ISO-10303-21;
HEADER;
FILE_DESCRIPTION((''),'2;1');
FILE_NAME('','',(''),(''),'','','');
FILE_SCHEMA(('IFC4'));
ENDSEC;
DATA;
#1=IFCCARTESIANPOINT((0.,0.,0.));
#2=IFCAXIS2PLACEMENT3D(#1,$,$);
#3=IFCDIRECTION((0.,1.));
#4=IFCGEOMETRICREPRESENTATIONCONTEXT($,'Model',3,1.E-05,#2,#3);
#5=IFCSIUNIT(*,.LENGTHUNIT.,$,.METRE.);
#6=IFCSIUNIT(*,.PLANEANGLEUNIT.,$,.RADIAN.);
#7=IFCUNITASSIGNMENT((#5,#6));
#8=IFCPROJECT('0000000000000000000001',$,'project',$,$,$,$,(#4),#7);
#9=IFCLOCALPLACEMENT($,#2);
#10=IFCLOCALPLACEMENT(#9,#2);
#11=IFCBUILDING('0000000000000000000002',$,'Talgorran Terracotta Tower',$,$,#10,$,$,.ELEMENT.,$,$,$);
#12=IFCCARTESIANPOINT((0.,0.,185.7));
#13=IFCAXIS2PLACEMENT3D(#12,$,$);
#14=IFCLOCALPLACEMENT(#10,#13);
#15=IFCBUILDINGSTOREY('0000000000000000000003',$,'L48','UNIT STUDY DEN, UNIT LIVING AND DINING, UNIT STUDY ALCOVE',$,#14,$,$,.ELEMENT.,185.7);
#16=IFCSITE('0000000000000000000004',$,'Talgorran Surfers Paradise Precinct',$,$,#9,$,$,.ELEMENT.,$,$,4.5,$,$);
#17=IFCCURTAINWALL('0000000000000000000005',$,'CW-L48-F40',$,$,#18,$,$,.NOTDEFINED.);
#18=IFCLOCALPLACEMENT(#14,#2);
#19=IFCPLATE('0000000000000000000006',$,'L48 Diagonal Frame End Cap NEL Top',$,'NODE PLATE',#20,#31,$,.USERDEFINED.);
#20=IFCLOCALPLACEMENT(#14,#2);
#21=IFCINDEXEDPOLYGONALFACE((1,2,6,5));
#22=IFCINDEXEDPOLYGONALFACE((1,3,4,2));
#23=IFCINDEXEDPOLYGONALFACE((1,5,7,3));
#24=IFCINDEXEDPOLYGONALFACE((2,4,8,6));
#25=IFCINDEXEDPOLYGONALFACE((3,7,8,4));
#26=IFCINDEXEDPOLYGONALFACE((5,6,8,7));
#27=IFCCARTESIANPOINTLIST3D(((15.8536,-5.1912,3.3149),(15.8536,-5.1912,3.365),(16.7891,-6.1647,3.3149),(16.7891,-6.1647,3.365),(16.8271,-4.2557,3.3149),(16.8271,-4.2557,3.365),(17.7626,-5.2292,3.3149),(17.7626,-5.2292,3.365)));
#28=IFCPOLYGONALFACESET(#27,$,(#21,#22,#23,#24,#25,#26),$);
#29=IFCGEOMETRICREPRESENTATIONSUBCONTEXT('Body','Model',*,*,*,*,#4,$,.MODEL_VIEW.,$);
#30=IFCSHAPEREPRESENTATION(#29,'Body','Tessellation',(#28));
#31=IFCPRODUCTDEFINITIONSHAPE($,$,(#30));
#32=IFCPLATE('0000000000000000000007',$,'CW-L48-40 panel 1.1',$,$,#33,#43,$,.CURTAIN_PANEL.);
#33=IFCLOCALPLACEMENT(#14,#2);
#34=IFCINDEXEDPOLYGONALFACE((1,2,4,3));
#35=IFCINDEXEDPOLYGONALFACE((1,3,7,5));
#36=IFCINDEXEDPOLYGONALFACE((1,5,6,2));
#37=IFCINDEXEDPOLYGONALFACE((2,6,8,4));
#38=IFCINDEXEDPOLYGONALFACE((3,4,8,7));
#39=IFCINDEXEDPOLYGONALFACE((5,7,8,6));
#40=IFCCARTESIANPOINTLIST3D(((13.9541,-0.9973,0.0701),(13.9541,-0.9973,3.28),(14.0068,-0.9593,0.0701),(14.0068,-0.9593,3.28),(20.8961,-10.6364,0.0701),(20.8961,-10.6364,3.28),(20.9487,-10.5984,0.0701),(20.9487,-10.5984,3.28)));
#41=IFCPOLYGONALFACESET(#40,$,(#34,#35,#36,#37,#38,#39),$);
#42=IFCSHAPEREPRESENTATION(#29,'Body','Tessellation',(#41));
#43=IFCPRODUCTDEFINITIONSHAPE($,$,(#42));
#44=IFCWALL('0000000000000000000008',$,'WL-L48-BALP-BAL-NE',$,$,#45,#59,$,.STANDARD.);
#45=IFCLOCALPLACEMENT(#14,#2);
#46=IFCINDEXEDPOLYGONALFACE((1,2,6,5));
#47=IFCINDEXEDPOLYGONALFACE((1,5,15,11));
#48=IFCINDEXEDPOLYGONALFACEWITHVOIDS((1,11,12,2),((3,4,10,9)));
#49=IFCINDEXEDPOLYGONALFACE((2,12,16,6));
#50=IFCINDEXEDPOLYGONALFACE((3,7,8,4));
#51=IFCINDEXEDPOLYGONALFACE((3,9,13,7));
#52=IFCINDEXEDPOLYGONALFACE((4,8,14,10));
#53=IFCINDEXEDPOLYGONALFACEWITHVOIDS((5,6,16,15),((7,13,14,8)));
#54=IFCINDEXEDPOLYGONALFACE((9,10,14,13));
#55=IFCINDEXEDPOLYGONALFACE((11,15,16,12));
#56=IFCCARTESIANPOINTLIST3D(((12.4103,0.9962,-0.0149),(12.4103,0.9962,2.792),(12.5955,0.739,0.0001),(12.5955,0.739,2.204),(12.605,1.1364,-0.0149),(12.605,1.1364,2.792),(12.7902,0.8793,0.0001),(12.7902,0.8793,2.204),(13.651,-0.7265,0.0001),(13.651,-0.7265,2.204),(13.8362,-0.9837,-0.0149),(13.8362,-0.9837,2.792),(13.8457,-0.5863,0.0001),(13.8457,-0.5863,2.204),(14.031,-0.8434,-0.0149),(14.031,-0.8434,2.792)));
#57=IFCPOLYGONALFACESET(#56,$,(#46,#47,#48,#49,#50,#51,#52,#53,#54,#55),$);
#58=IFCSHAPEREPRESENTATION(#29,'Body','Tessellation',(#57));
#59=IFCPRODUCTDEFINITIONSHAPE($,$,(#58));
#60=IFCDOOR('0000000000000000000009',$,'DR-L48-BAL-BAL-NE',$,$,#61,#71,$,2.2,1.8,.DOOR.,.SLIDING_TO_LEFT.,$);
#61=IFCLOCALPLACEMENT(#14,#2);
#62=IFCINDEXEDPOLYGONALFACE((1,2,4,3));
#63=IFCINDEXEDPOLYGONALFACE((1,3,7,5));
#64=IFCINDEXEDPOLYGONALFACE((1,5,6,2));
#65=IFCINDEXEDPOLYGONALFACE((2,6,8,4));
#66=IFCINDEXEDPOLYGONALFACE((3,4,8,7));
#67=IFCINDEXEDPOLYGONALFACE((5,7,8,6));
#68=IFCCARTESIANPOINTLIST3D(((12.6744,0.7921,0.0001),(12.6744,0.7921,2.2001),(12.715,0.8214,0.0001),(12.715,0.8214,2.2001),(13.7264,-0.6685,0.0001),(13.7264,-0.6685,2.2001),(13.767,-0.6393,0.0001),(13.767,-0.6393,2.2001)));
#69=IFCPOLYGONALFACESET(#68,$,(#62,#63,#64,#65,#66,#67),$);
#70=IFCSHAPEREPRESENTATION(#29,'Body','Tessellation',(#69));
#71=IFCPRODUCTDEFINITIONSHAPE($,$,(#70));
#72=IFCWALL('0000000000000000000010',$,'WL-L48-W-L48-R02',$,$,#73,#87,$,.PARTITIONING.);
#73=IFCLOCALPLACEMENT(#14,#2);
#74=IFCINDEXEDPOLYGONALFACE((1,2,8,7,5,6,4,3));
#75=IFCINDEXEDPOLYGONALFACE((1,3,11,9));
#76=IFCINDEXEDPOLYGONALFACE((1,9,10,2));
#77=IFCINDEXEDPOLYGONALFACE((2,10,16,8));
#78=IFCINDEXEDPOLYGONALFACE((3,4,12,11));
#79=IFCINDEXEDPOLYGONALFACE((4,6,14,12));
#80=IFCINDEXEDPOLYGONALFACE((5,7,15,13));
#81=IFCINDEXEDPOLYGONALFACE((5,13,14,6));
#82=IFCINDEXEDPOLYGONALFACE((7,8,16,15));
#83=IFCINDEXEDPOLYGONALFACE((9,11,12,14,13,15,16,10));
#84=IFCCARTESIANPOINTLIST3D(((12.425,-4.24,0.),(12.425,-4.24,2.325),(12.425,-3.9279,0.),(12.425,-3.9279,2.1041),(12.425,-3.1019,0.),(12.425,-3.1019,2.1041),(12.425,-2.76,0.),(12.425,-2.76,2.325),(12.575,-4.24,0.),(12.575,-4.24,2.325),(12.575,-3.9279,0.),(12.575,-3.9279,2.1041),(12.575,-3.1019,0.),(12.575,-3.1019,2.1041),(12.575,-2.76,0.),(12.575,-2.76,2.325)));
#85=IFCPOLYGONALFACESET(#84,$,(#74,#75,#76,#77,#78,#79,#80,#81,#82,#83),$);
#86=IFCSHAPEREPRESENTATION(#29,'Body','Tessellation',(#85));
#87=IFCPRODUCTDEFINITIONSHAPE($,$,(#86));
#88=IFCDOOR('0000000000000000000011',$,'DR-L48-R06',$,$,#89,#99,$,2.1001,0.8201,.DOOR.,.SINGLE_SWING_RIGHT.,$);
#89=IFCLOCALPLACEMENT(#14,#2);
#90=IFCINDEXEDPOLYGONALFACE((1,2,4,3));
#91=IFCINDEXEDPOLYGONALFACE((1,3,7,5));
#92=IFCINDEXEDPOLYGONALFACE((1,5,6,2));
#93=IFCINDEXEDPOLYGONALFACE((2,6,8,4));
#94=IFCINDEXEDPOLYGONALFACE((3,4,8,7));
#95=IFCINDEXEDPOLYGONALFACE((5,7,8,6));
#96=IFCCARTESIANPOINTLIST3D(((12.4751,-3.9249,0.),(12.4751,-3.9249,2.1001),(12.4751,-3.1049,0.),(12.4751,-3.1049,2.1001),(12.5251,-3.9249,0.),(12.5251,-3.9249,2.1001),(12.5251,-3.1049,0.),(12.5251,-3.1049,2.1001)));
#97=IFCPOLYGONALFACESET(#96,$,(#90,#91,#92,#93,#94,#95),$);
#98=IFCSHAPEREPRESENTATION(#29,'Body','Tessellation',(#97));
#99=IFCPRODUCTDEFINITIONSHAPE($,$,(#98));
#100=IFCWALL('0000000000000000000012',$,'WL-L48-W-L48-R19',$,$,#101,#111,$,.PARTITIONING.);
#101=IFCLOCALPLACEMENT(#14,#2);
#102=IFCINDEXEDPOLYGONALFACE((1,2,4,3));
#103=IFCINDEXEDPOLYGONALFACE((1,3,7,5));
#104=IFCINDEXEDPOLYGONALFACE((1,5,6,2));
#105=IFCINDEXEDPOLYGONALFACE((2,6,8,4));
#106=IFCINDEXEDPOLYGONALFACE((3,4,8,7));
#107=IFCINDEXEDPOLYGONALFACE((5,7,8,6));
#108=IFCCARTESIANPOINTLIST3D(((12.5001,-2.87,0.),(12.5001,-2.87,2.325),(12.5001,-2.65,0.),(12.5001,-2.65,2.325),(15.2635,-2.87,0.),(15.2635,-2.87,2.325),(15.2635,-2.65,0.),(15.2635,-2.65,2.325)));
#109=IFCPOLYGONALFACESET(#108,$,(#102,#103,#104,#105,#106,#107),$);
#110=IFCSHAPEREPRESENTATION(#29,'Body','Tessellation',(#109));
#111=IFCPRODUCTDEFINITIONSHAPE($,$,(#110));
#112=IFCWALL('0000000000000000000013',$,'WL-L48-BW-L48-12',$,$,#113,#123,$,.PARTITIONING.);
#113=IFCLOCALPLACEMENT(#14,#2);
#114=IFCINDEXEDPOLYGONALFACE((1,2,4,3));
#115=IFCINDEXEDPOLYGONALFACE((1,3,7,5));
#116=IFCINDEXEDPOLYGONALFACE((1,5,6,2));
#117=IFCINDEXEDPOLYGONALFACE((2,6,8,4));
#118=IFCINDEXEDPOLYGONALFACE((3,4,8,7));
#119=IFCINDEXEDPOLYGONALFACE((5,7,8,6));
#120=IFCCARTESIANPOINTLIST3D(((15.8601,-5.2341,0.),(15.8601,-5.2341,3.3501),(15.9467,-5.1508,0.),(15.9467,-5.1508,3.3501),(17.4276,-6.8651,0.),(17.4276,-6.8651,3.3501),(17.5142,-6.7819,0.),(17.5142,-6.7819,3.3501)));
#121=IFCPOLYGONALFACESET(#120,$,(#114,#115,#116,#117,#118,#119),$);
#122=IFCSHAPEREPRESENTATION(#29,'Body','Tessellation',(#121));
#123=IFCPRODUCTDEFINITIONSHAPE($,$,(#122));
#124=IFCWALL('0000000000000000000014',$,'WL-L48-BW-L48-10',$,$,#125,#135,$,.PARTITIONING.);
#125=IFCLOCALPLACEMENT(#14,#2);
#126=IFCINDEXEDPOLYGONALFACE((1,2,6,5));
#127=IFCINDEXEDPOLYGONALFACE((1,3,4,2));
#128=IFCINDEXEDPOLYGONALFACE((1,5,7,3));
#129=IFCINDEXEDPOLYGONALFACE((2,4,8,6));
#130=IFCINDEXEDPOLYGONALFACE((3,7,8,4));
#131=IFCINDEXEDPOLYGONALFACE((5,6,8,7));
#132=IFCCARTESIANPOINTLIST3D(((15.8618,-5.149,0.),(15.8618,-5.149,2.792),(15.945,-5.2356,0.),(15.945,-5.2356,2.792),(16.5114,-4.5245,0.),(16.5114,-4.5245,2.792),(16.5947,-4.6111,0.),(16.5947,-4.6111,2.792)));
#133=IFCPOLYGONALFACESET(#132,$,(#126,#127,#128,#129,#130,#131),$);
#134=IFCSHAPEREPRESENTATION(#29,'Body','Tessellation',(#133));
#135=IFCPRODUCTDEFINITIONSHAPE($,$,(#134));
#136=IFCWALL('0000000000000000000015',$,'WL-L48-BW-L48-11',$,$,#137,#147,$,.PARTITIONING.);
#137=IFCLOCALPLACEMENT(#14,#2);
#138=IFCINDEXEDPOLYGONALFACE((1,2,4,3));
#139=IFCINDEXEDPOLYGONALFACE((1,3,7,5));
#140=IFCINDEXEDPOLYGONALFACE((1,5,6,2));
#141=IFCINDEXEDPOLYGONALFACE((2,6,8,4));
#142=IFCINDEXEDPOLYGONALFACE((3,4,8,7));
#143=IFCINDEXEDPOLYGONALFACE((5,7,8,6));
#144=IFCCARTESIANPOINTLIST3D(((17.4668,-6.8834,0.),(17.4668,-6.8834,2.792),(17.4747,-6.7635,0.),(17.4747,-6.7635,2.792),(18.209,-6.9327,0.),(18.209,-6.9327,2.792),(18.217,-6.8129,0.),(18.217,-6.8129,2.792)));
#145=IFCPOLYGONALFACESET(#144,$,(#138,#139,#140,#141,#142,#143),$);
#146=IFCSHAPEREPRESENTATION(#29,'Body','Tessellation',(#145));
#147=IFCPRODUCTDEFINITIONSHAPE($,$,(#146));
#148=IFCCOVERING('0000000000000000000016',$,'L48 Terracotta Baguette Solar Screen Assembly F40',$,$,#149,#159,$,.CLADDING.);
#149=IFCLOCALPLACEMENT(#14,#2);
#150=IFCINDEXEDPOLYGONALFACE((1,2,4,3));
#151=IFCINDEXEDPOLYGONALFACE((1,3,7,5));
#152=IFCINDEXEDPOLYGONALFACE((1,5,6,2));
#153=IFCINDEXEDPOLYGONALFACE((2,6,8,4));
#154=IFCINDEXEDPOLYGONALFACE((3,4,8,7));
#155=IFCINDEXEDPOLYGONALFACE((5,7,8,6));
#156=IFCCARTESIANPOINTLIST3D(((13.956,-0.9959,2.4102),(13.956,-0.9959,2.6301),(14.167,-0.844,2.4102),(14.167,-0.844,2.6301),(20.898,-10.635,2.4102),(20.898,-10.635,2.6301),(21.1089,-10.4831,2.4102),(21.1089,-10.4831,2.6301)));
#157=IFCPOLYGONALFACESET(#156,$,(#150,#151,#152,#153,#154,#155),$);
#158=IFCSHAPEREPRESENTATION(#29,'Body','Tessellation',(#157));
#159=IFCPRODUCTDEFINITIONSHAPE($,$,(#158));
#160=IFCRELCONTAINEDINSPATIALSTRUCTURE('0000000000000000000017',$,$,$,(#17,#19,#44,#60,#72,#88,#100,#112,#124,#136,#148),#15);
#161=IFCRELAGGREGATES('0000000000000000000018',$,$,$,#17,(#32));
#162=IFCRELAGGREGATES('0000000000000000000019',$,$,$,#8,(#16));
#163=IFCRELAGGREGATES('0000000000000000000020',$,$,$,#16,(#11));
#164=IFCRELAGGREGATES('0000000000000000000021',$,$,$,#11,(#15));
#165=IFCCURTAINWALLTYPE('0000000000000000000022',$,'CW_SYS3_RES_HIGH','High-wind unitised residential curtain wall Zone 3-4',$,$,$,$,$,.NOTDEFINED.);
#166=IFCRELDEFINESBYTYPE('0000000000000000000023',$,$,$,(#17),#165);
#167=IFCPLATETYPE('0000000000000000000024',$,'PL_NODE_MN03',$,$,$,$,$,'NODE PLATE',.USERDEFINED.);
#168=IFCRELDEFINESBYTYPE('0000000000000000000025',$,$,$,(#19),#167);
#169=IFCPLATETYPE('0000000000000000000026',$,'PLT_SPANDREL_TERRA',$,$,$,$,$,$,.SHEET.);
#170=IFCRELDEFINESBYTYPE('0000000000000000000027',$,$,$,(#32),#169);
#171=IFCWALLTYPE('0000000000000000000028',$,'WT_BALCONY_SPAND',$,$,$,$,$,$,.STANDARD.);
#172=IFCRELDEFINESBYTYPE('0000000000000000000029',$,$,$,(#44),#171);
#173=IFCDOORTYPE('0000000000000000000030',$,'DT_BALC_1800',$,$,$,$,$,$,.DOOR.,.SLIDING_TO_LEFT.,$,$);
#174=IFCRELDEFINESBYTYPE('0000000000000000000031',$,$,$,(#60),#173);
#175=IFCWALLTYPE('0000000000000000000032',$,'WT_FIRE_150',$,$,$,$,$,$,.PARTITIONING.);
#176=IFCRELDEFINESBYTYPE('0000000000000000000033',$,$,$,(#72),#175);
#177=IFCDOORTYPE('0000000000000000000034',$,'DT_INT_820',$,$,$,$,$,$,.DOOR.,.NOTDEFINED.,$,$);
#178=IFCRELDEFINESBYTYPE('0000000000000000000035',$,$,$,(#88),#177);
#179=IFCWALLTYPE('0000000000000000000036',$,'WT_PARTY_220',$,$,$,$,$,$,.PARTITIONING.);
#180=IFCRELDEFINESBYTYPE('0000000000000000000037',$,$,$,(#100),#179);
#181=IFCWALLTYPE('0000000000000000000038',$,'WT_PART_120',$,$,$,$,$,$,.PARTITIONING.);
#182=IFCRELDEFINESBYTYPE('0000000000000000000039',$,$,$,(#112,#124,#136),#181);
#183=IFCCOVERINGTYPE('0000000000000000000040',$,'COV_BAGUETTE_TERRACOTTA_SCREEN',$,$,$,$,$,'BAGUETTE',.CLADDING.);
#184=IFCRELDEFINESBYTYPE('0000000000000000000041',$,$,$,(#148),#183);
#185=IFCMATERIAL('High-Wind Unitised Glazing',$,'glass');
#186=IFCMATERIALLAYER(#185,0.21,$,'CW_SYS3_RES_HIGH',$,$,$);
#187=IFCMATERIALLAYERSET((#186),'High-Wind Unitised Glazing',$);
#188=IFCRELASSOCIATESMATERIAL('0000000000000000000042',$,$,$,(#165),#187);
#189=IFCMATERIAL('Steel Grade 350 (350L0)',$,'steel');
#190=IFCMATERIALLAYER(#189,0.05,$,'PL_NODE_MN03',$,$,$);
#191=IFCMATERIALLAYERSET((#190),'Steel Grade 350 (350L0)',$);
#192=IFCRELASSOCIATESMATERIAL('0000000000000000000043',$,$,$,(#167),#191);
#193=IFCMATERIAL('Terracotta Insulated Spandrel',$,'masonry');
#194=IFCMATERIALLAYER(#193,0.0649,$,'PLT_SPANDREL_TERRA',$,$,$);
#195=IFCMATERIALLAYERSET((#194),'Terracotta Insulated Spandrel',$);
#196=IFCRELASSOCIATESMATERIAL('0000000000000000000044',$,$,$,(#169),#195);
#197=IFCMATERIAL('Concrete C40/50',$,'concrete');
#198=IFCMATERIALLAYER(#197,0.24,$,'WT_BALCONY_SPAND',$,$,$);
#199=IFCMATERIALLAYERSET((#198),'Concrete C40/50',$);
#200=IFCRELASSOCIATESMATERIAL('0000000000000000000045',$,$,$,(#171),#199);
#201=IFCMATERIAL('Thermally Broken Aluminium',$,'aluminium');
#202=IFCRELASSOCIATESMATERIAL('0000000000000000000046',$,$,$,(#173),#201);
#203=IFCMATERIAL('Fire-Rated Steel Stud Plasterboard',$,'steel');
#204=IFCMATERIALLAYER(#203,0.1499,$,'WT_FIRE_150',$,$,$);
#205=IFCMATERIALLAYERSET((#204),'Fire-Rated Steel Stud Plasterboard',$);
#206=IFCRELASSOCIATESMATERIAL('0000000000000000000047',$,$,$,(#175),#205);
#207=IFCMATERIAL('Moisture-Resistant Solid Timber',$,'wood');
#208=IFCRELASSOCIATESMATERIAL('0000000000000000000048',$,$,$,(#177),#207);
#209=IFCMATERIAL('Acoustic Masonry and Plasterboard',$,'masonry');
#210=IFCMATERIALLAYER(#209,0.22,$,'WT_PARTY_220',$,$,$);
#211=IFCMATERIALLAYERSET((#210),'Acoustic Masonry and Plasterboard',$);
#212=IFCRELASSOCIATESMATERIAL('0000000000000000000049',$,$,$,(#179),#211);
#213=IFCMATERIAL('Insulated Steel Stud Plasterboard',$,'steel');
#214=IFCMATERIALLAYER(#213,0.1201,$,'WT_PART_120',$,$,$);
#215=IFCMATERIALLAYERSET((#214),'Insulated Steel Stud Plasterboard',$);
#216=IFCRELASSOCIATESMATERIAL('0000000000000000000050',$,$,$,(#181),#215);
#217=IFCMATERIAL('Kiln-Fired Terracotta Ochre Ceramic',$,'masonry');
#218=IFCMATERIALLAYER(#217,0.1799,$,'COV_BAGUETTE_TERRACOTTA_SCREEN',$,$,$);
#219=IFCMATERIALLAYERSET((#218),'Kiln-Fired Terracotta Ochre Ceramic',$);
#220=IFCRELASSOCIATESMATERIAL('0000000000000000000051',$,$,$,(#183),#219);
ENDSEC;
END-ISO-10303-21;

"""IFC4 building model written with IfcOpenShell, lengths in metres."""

from ifc_helpers import new_model, si_unit, direction, frame, frame_2d, origin, origin_2d, place, context, subcontext, project, spatial, rectangle, extrude, source, transform, mapped, material, layer, layer_set, type_object, type_shapes, element, fill, aggregate, save


model = new_model("IFC4")

# Units and contexts
model_context = context("Model", 3, precision=1e-05, world=origin(), true_north=direction((0.0, 1.0)))
body_context = subcontext(model_context, "Body", "Model", "MODEL_VIEW")
ifc_project = project(units=[si_unit("LENGTHUNIT", "METRE"), si_unit("PLANEANGLEUNIT", "RADIAN")], contexts=[model_context])

# Site, building, storey
site_placement = place(None, origin())
site = spatial("IfcSite", under=ifc_project, at=site_placement, Name="Talgorran Surfers Paradise Precinct", CompositionType="ELEMENT", RefElevation=4.5)
building_placement = place(site_placement, origin())
building = spatial("IfcBuilding", under=site, at=building_placement, Name="Talgorran Terracotta Tower", CompositionType="ELEMENT")
storey_placement = place(building_placement, frame((0.0, 0.0, 185.7)))
storey = spatial("IfcBuildingStorey", under=building, at=storey_placement, Name="L48", Description="UNIT STUDY DEN, UNIT LIVING AND DINING, UNIT STUDY ALCOVE", CompositionType="ELEMENT", Elevation=185.7)

# Shared definitions
ifc_material_1 = material(Name="Steel Grade 350 (350L0)", Category="steel")

# Curtain wall
ifc_material_2 = material(Name="High-Wind Unitised Glazing", Category="glass")
ifc_layer_1 = layer(ifc_material_2, 0.21, Name="CW_SYS3_RES_HIGH")
ifc_layer_set_1 = layer_set([ifc_layer_1], Name="High-Wind Unitised Glazing")
curtain_wall_type = type_object("IfcCurtainWallType", Name="CW_SYS3_RES_HIGH", Description="High-wind unitised residential curtain wall Zone 3-4", PredefinedType="NOTDEFINED", material=ifc_layer_set_1)
curtain_wall_1_placement = place(storey_placement, origin())
curtain_wall_1 = element("IfcCurtainWall", 1, at=curtain_wall_1_placement, inside=storey, type_object=curtain_wall_type, Name="CW-L48-F40", PredefinedType="NOTDEFINED")

# Plate
ifc_layer_2 = layer(ifc_material_1, 0.05, Name="PL_NODE_MN03")
ifc_layer_set_2 = layer_set([ifc_layer_2], Name="Steel Grade 350 (350L0)")
plate_type_1 = type_object("IfcPlateType", Name="PL_NODE_MN03", ElementType="NODE PLATE", PredefinedType="USERDEFINED", material=ifc_layer_set_2)
plate_1_placement = place(storey_placement, frame((16.8081, -5.2102, 3.3149), z_axis=(0.0, 0.0, 1.0), x_axis=(-0.692899, 0.721035, 0.0)))
element("IfcPlate", 2, at=plate_1_placement, inside=storey, type_object=plate_type_1, Name="L48 Diagonal Frame End Cap NEL Top", ObjectType="NODE PLATE", PredefinedType="USERDEFINED", context=body_context, shape_type="SweptSolid", body=[
    extrude(rectangle(XDim=1.3501, YDim=1.3501, at=origin_2d()), origin(), (0.0, 0.0, 1.0), 0.05),
])

# Plate
ifc_material_3 = material(Name="Terracotta Insulated Spandrel", Category="masonry")
ifc_layer_3 = layer(ifc_material_3, 0.0649, Name="PLT_SPANDREL_TERRA")
ifc_layer_set_3 = layer_set([ifc_layer_3], Name="Terracotta Insulated Spandrel")
plate_type_2 = type_object("IfcPlateType", Name="PLT_SPANDREL_TERRA", PredefinedType="SHEET", material=ifc_layer_set_3)
shared_shape = source(origin(), body_context, "Body", "SweptSolid", [
    extrude(rectangle(XDim=11.8787, YDim=0.0649, at=origin_2d()), origin(), (0.0, 0.0, 1.0), 3.21),
])
type_shapes(plate_type_2, [shared_shape])
plate_2_placement = place(storey_placement, frame((17.4514, -5.7979, 0.0701), z_axis=(0.0, 0.0, 1.0), x_axis=(-0.584406, 0.811461, 0.0)))
plate_2 = element("IfcPlate", 3, at=plate_2_placement, type_object=plate_type_2, Name="CW-L48-40 panel 1.1", PredefinedType="CURTAIN_PANEL", context=body_context, shape_type="MappedRepresentation", body=[
    mapped(shared_shape, transform((0.0, 0.0, 0.0), scale=1.0)),
])
aggregate(curtain_wall_1, [plate_2])

# Walls, openings, doors
ifc_material_4 = material(Name="Concrete C40/50", Category="concrete")
ifc_layer_4 = layer(ifc_material_4, 0.24, Name="WT_BALCONY_SPAND")
ifc_layer_set_4 = layer_set([ifc_layer_4], Name="Concrete C40/50")
wall_type_1 = type_object("IfcWallType", Name="WT_BALCONY_SPAND", PredefinedType="STANDARD", material=ifc_layer_set_4)
wall_1_placement = place(storey_placement, frame((13.9336, -0.9136, -0.0149), z_axis=(0.0, 0.0, 1.0), x_axis=(-0.584423, 0.811449, 0.0)))
wall_1 = element("IfcWall", 4, at=wall_1_placement, inside=storey, type_object=wall_type_1, Name="WL-L48-BALP-BAL-NE", PredefinedType="STANDARD", context=body_context, shape_type="SweptSolid", body=[
    extrude(rectangle(XDim=2.4399, YDim=0.24, at=frame_2d((1.22, 0.0))), origin(), (0.0, 0.0, 1.0), 2.8069),
])
opening_1_placement = place(wall_1_placement, frame((0.3201, 0.0, 0.0149)))
opening_1 = element("IfcOpeningElement", 5, at=opening_1_placement, cuts=wall_1, PredefinedType="OPENING", context=body_context, shape_type="SweptSolid", body=[
    extrude(rectangle(XDim=1.806, YDim=2.204, at=frame_2d((0.8999, 1.1021))), frame((0.0, 0.1299, 0.0), z_axis=(0.0, -1.0, 0.0), x_axis=(1.0, 0.0, 0.0)), (0.0, 0.0, 1.0), 0.26),
])
ifc_material_5 = material(Name="Thermally Broken Aluminium", Category="aluminium")
door_type_1 = type_object("IfcDoorType", Name="DT_BALC_1800", OperationType="SLIDING_TO_LEFT", PredefinedType="DOOR", material=ifc_material_5)
door_1_placement = place(opening_1_placement, origin())
door_1 = element("IfcDoor", 6, at=door_1_placement, inside=storey, type_object=door_type_1, Name="DR-L48-BAL-BAL-NE", OperationType="SLIDING_TO_LEFT", OverallHeight=2.2, OverallWidth=1.8, PredefinedType="DOOR", context=body_context, shape_type="SweptSolid", body=[
    extrude(rectangle(XDim=1.8, YDim=2.2, at=frame_2d((0.8999, 1.1001))), frame((0.0, 0.0249, 0.0), z_axis=(0.0, -1.0, 0.0), x_axis=(1.0, 0.0, 0.0)), (0.0, 0.0, 1.0), 0.05),
])
fill(opening_1, door_1)
ifc_material_6 = material(Name="Fire-Rated Steel Stud Plasterboard", Category="steel")
ifc_layer_5 = layer(ifc_material_6, 0.1499, Name="WT_FIRE_150")
ifc_layer_set_5 = layer_set([ifc_layer_5], Name="Fire-Rated Steel Stud Plasterboard")
wall_type_2 = type_object("IfcWallType", Name="WT_FIRE_150", PredefinedType="PARTITIONING", material=ifc_layer_set_5)
wall_2_placement = place(storey_placement, frame((12.5, -4.24, 0.0), z_axis=(0.0, 0.0, 1.0), x_axis=(0.0, 1.0, 0.0)))
wall_2 = element("IfcWall", 7, at=wall_2_placement, inside=storey, type_object=wall_type_2, Name="WL-L48-W-L48-R02", PredefinedType="PARTITIONING", context=body_context, shape_type="SweptSolid", body=[
    extrude(rectangle(XDim=1.48, YDim=0.1499, at=frame_2d((0.74, 0.0))), origin(), (0.0, 0.0, 1.0), 2.325),
])
opening_2_placement = place(wall_2_placement, frame((0.3149, 0.0, 0.0)))
opening_2 = element("IfcOpeningElement", 8, at=opening_2_placement, cuts=wall_2, PredefinedType="OPENING", context=body_context, shape_type="SweptSolid", body=[
    extrude(rectangle(XDim=0.8261, YDim=2.1041, at=frame_2d((0.4102, 1.052))), frame((0.0, 0.085, 0.0), z_axis=(0.0, -1.0, 0.0), x_axis=(1.0, 0.0, 0.0)), (0.0, 0.0, 1.0), 0.1699),
])
ifc_material_7 = material(Name="Moisture-Resistant Solid Timber", Category="wood")
door_type_2 = type_object("IfcDoorType", Name="DT_INT_820", OperationType="NOTDEFINED", PredefinedType="DOOR", material=ifc_material_7)
door_2_placement = place(opening_2_placement, origin())
door_2 = element("IfcDoor", 9, at=door_2_placement, inside=storey, type_object=door_type_2, Name="DR-L48-R06", OperationType="SINGLE_SWING_RIGHT", OverallHeight=2.1001, OverallWidth=0.8201, PredefinedType="DOOR", context=body_context, shape_type="SweptSolid", body=[
    extrude(rectangle(XDim=0.8201, YDim=2.1001, at=frame_2d((0.4102, 1.05))), frame((0.0, 0.0249, 0.0), z_axis=(0.0, -1.0, 0.0), x_axis=(1.0, 0.0, 0.0)), (0.0, 0.0, 1.0), 0.05),
])
fill(opening_2, door_2)

# Walls
ifc_material_8 = material(Name="Acoustic Masonry and Plasterboard", Category="masonry")
ifc_layer_6 = layer(ifc_material_8, 0.22, Name="WT_PARTY_220")
ifc_layer_set_6 = layer_set([ifc_layer_6], Name="Acoustic Masonry and Plasterboard")
wall_type_3 = type_object("IfcWallType", Name="WT_PARTY_220", PredefinedType="PARTITIONING", material=ifc_layer_set_6)
wall_3_placement = place(storey_placement, frame((12.5, -2.76, 0.0), z_axis=(0.0, 0.0, 1.0), x_axis=(1.0, 0.0, 0.0)))
element("IfcWall", 10, at=wall_3_placement, inside=storey, type_object=wall_type_3, Name="WL-L48-W-L48-R19", PredefinedType="PARTITIONING", context=body_context, shape_type="SweptSolid", body=[
    extrude(rectangle(XDim=2.7634, YDim=0.22, at=frame_2d((1.3818, 0.0))), origin(), (0.0, 0.0, 1.0), 2.325),
])
ifc_material_9 = material(Name="Insulated Steel Stud Plasterboard", Category="steel")
ifc_layer_7 = layer(ifc_material_9, 0.1201, Name="WT_PART_120")
ifc_layer_set_7 = layer_set([ifc_layer_7], Name="Insulated Steel Stud Plasterboard")
wall_type_4 = type_object("IfcWallType", Name="WT_PART_120", PredefinedType="PARTITIONING", material=ifc_layer_set_7)
wall_4_placement = place(storey_placement, frame((17.4709, -6.8235, 0.0), z_axis=(0.0, 0.0, 1.0), x_axis=(-0.692938, 0.720997, 0.0)))
element("IfcWall", 11, at=wall_4_placement, inside=storey, type_object=wall_type_4, Name="WL-L48-BW-L48-12", PredefinedType="PARTITIONING", context=body_context, shape_type="SweptSolid", body=[
    extrude(rectangle(XDim=2.2622, YDim=0.1201, at=frame_2d((1.1311, 0.0))), origin(), (0.0, 0.0, 1.0), 3.3501),
])
wall_5_placement = place(storey_placement, frame((15.9033, -5.1924, 0.0), z_axis=(0.0, 0.0, 1.0), x_axis=(0.720922, 0.693017, 0.0)))
element("IfcWall", 12, at=wall_5_placement, inside=storey, type_object=wall_type_4, Name="WL-L48-BW-L48-10", PredefinedType="PARTITIONING", context=body_context, shape_type="SweptSolid", body=[
    extrude(rectangle(XDim=0.9011, YDim=0.1201, at=frame_2d((0.4507, 0.0))), origin(), (0.0, 0.0, 1.0), 2.792),
])
wall_6_placement = place(storey_placement, frame((18.2131, -6.8728, 0.0), z_axis=(0.0, 0.0, 1.0), x_axis=(-0.9978, 0.066301, 0.0)))
element("IfcWall", 13, at=wall_6_placement, inside=storey, type_object=wall_type_4, Name="WL-L48-BW-L48-11", PredefinedType="PARTITIONING", context=body_context, shape_type="SweptSolid", body=[
    extrude(rectangle(XDim=0.7439, YDim=0.1201, at=frame_2d((0.3721, 0.0))), origin(), (0.0, 0.0, 1.0), 2.792),
])

# Covering
ifc_material_10 = material(Name="Kiln-Fired Terracotta Ochre Ceramic", Category="masonry")
ifc_layer_8 = layer(ifc_material_10, 0.1799, Name="COV_BAGUETTE_TERRACOTTA_SCREEN")
ifc_layer_set_8 = layer_set([ifc_layer_8], Name="Kiln-Fired Terracotta Ochre Ceramic")
covering_type_1 = type_object("IfcCoveringType", Name="COV_BAGUETTE_TERRACOTTA_SCREEN", ElementType="BAGUETTE", PredefinedType="CLADDING", material=ifc_layer_set_8)
covering_1_placement = place(storey_placement, frame((17.5325, -5.7395, 2.4102), z_axis=(0.0, 0.0, 1.0), x_axis=(-0.584405, 0.811462, 0.0)))
element("IfcCovering", 14, at=covering_1_placement, inside=storey, type_object=covering_type_1, Name="L48 Terracotta Baguette Solar Screen Assembly F40", PredefinedType="CLADDING", context=body_context, shape_type="SweptSolid", body=[
    extrude(rectangle(XDim=11.8787, YDim=0.26, at=origin_2d()), origin(), (0.0, 0.0, 1.0), 0.22),
])

save(model, "model.ifc")
